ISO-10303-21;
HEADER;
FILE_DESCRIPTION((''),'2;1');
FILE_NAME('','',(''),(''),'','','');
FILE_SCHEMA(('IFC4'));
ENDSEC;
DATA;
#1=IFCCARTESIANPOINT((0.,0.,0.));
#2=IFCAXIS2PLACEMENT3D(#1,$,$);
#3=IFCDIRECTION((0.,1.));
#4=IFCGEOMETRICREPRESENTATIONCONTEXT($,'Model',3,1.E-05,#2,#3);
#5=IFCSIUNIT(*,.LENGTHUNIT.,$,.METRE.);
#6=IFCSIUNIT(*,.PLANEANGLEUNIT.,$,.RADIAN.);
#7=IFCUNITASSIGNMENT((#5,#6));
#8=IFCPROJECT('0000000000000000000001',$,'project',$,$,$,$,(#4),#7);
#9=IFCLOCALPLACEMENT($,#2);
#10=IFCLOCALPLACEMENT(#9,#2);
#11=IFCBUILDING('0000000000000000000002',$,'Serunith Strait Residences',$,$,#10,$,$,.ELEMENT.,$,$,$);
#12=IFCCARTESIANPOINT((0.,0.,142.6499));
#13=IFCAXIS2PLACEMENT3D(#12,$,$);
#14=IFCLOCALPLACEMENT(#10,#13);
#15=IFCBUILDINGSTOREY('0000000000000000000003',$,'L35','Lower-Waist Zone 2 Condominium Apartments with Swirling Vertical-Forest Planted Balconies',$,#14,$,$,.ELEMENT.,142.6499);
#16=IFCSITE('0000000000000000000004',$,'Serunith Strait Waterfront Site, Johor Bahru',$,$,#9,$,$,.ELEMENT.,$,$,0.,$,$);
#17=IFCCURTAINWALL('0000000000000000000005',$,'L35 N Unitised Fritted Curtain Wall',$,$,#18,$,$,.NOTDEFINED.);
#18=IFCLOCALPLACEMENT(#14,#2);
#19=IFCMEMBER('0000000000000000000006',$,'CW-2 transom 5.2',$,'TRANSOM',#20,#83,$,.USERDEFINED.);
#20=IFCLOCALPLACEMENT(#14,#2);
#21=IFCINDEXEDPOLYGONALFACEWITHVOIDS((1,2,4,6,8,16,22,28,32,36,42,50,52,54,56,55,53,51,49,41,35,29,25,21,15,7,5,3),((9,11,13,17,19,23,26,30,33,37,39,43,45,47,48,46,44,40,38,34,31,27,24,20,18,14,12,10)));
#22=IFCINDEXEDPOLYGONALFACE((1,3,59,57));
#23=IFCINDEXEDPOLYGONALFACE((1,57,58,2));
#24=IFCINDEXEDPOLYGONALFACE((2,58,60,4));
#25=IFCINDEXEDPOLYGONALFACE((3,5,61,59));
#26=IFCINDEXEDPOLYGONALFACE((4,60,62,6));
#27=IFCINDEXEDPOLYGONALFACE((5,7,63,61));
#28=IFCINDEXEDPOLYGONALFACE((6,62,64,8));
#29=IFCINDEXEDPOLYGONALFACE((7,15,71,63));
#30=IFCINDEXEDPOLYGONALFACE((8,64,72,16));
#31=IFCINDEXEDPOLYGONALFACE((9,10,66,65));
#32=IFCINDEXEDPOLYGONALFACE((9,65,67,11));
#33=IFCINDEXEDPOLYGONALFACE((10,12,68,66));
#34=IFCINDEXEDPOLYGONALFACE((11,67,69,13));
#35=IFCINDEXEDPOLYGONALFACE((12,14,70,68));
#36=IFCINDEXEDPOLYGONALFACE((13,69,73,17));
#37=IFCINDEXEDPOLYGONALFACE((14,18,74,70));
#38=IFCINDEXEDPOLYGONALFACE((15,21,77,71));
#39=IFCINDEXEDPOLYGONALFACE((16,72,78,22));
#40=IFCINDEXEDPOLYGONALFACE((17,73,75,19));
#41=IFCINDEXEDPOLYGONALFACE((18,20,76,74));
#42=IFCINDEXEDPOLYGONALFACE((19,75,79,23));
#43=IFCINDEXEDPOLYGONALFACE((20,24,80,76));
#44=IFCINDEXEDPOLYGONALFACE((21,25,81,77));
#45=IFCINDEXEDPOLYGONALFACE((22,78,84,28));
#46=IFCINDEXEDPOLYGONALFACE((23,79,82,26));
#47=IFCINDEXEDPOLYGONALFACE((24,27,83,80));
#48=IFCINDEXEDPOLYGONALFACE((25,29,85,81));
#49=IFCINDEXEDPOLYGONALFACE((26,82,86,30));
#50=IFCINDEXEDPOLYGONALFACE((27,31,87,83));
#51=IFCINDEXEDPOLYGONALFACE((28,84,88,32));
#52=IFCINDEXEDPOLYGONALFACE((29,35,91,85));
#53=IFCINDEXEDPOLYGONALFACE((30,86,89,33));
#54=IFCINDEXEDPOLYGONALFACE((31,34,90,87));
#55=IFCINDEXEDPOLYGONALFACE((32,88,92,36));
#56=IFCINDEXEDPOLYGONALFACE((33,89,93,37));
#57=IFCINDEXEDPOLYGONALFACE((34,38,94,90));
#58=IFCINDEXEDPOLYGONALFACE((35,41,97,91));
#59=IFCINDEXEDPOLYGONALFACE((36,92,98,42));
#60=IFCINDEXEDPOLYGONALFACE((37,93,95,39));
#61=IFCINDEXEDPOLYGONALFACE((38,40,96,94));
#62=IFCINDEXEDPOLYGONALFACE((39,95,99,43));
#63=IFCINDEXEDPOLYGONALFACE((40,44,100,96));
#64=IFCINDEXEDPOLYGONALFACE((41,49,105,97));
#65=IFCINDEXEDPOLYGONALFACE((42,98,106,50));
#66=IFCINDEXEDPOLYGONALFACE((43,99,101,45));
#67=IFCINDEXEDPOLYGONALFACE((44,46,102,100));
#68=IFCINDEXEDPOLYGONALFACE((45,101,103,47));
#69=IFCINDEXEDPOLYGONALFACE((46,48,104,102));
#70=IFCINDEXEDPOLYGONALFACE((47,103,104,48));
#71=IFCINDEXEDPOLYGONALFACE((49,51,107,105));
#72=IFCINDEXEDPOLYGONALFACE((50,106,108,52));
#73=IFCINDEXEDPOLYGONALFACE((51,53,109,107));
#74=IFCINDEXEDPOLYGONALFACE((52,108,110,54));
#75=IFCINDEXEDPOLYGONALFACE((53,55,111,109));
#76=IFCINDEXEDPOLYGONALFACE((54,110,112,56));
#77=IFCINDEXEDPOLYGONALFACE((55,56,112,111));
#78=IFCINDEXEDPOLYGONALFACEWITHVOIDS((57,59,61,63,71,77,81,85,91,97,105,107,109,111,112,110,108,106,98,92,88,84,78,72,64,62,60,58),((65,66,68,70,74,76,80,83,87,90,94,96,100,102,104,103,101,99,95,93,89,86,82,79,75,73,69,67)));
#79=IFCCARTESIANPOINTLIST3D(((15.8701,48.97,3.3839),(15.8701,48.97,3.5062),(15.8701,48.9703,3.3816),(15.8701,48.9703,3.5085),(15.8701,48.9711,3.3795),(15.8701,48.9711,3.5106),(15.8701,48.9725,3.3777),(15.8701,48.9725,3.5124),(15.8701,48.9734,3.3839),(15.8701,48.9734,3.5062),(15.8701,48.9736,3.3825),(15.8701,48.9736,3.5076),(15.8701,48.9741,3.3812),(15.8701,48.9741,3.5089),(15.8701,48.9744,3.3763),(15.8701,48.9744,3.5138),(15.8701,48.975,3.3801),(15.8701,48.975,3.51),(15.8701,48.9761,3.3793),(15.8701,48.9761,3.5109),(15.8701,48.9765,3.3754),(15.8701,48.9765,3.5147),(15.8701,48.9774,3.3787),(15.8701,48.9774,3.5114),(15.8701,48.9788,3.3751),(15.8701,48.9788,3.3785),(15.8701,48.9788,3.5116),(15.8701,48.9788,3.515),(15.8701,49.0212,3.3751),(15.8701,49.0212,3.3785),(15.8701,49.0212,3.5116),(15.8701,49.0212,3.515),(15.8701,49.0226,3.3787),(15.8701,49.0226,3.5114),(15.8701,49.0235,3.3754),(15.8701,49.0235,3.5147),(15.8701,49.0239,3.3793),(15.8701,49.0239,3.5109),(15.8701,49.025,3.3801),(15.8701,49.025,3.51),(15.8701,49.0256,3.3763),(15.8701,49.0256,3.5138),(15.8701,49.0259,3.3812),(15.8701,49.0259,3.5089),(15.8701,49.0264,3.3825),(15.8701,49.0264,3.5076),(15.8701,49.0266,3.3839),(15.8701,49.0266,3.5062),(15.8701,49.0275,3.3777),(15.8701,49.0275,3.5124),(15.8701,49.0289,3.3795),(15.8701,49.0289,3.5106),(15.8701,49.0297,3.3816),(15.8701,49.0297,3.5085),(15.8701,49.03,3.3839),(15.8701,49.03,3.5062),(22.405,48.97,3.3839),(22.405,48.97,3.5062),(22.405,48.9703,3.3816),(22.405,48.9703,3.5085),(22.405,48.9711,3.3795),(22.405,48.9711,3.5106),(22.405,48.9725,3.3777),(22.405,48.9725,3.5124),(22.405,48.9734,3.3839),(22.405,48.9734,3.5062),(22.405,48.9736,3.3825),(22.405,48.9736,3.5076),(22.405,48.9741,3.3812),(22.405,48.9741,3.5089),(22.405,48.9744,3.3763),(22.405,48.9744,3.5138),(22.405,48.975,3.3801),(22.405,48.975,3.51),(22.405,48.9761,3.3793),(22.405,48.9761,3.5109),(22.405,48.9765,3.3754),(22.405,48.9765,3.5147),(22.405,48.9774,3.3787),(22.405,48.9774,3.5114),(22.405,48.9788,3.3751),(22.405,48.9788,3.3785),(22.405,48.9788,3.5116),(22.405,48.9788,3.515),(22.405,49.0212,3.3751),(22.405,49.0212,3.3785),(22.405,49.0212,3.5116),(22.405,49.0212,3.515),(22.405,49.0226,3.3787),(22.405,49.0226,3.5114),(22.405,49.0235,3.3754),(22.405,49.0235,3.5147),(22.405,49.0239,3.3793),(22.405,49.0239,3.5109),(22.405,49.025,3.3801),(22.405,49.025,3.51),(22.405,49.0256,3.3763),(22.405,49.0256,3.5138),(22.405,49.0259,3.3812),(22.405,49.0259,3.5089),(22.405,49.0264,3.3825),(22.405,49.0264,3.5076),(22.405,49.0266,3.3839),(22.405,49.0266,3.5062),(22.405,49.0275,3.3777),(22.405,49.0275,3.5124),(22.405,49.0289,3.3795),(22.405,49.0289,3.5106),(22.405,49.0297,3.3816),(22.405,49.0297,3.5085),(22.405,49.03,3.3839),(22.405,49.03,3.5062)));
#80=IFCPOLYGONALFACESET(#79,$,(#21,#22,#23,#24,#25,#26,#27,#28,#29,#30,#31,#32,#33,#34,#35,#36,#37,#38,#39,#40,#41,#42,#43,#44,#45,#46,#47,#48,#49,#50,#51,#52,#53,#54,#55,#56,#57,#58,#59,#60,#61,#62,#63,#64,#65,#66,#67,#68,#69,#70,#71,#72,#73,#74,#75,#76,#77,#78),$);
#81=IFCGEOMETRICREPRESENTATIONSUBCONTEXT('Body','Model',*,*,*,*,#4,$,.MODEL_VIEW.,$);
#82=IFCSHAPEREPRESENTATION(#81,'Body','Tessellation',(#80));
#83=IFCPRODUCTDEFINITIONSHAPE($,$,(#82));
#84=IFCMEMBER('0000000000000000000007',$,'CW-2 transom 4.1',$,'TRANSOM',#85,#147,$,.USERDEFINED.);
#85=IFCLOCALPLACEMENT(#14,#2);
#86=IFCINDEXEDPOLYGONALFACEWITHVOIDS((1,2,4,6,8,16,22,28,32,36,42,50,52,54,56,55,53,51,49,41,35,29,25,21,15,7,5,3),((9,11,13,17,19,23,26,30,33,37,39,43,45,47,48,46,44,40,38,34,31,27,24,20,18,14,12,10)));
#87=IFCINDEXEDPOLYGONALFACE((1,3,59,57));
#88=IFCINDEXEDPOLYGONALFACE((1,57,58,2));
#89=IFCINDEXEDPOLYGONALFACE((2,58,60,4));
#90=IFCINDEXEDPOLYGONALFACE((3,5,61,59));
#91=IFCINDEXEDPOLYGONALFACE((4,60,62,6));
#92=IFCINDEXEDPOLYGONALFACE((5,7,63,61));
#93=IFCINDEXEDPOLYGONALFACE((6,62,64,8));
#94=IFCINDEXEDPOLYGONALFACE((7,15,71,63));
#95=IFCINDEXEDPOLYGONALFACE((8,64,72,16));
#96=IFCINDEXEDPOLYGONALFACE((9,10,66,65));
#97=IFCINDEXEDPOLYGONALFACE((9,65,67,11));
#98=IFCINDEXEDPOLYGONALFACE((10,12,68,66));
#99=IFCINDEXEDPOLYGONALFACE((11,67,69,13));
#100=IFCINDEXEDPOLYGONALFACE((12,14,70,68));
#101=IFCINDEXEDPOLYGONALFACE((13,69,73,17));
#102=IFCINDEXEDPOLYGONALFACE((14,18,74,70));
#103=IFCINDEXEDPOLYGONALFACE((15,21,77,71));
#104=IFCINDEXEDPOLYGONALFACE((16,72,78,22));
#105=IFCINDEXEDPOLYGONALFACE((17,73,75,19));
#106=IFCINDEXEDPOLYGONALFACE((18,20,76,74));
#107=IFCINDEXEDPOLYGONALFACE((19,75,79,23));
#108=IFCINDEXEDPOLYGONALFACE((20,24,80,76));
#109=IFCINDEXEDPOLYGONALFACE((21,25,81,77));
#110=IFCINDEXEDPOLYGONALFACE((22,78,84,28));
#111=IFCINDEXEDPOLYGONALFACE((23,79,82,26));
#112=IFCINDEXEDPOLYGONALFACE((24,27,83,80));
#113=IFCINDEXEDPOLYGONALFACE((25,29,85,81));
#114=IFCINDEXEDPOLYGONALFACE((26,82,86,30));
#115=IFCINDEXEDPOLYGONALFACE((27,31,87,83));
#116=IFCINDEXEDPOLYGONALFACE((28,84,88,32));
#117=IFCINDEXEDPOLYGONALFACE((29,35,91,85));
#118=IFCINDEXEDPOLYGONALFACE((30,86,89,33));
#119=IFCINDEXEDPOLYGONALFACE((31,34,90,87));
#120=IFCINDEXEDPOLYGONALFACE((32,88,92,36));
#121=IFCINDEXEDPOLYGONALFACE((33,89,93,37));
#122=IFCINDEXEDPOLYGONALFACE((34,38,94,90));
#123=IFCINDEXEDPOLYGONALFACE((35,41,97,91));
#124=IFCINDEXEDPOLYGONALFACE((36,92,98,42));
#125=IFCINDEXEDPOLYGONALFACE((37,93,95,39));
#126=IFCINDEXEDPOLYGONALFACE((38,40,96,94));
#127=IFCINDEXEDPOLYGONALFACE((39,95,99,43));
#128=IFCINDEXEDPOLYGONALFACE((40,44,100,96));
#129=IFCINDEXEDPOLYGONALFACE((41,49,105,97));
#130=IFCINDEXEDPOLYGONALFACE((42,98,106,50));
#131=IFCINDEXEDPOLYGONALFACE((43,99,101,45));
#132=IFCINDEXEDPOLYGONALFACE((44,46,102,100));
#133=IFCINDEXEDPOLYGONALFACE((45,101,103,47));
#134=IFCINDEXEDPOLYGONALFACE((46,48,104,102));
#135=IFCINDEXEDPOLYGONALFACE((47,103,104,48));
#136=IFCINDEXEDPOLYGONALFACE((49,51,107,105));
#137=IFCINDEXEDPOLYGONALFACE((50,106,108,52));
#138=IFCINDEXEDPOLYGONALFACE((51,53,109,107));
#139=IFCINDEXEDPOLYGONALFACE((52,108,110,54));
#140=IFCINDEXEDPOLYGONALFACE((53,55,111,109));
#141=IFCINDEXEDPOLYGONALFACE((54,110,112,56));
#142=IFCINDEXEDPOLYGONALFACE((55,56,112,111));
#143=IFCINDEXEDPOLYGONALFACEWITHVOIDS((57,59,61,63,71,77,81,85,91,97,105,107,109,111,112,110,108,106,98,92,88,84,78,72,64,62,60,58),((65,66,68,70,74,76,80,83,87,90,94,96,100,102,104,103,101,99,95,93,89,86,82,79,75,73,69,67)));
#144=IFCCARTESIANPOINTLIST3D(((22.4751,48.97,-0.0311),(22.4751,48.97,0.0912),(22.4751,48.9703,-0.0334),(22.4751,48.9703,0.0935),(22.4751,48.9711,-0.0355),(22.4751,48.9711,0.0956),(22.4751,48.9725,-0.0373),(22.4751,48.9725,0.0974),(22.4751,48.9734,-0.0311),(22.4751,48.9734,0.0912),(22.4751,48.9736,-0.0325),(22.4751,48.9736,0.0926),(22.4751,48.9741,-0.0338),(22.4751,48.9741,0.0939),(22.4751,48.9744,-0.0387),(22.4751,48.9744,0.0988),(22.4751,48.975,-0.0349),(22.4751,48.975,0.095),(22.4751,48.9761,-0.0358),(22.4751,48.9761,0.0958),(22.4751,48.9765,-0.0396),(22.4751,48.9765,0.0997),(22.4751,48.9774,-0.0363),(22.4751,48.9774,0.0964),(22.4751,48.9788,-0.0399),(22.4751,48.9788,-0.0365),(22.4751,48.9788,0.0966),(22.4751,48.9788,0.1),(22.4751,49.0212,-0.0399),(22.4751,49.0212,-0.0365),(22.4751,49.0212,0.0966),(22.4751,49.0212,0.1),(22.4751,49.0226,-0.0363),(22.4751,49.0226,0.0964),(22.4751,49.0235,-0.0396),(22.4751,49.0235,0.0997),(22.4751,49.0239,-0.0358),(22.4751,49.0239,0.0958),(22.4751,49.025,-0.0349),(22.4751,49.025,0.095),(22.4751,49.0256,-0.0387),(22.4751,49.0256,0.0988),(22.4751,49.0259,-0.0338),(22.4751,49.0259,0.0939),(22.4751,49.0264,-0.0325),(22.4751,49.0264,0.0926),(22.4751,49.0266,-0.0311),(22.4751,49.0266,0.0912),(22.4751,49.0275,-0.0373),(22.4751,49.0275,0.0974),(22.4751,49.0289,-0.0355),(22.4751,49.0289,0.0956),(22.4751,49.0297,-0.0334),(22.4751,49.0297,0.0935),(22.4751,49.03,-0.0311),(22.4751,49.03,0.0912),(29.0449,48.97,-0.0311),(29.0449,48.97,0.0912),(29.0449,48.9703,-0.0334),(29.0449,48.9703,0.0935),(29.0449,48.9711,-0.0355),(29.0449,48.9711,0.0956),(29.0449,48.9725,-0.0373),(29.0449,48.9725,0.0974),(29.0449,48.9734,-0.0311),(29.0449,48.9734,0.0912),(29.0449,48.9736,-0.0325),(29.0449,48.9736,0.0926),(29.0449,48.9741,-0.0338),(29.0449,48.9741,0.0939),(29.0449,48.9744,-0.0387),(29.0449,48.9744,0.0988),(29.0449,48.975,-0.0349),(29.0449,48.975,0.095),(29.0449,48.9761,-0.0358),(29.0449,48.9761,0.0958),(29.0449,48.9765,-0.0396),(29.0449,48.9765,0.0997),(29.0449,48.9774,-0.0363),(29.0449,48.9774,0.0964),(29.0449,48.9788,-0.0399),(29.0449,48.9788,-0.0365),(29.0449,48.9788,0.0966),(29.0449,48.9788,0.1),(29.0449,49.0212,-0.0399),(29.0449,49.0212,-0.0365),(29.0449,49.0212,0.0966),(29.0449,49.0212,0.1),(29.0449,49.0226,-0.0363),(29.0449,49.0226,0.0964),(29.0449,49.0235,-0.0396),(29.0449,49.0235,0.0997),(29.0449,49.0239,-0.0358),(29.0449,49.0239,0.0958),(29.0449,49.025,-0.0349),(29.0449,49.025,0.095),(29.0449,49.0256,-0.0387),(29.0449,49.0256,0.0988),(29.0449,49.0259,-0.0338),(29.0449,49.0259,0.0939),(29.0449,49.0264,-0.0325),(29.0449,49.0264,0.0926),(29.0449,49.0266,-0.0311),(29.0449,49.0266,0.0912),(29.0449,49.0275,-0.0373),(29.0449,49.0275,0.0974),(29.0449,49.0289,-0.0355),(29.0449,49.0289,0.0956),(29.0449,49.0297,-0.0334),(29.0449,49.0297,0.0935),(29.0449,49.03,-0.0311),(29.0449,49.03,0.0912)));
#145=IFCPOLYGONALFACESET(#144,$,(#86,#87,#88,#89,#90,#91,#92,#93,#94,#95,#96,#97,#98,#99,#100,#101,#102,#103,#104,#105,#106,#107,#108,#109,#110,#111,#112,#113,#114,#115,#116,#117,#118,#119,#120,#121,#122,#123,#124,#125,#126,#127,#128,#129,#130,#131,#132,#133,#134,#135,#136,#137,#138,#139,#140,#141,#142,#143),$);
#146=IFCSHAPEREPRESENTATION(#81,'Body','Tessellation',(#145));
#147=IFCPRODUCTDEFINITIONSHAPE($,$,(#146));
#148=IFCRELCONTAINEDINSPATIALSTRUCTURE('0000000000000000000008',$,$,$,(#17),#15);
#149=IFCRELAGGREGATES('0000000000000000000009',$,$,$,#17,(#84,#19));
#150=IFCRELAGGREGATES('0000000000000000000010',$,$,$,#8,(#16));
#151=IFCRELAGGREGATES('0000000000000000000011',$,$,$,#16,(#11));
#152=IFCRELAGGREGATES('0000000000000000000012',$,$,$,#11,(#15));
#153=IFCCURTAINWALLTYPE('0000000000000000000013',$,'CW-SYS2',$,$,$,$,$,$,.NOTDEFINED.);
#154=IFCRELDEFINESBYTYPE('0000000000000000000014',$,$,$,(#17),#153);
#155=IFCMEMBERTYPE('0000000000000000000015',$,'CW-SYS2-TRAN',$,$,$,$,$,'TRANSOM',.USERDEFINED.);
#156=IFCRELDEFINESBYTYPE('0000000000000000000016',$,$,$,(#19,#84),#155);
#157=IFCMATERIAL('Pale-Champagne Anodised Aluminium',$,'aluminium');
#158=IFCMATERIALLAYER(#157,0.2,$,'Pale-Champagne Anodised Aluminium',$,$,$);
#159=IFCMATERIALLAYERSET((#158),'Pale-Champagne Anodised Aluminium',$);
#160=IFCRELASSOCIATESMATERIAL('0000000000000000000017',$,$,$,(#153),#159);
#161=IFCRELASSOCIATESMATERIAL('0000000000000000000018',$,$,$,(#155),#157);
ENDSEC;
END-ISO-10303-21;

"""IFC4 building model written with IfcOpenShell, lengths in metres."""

from ifc_helpers import new_model, si_unit, direction, frame, origin, origin_2d, place, context, subcontext, project, spatial, hollow_rectangle, extrude, source, transform, mapped, material, layer, layer_set, material_profile, profile_set, type_object, element, aggregate, save


model = new_model("IFC4")

# Units and contexts
model_context = context("Model", 3, precision=1e-05, world=origin(), true_north=direction((0.0, 1.0)))
body_context = subcontext(model_context, "Body", "Model", "MODEL_VIEW")
ifc_project = project(units=[si_unit("LENGTHUNIT", "METRE"), si_unit("PLANEANGLEUNIT", "RADIAN")], contexts=[model_context])

# Site, building, storey
site_placement = place(None, origin())
site = spatial("IfcSite", under=ifc_project, at=site_placement, Name="Serunith Strait Waterfront Site, Johor Bahru", CompositionType="ELEMENT", RefElevation=0.0)
building_placement = place(site_placement, origin())
building = spatial("IfcBuilding", under=site, at=building_placement, Name="Serunith Strait Residences", CompositionType="ELEMENT")
storey_placement = place(building_placement, frame((0.0, 0.0, 142.6499)))
storey = spatial("IfcBuildingStorey", under=building, at=storey_placement, Name="L35", Description="Lower-Waist Zone 2 Condominium Apartments with Swirling Vertical-Forest Planted Balconies", CompositionType="ELEMENT", Elevation=142.6499)

# Curtain wall, members
ifc_material_1 = material(Name="Pale-Champagne Anodised Aluminium", Category="aluminium")
ifc_layer_1 = layer(ifc_material_1, 0.2, Name="Pale-Champagne Anodised Aluminium")
ifc_layer_set_1 = layer_set([ifc_layer_1], Name="Pale-Champagne Anodised Aluminium")
curtain_wall_type = type_object("IfcCurtainWallType", Name="CW-SYS2", PredefinedType="NOTDEFINED", material=ifc_layer_set_1)
curtain_wall_placement = place(storey_placement, origin())
curtain_wall = element("IfcCurtainWall", 1, at=curtain_wall_placement, inside=storey, type_object=curtain_wall_type, Name="L35 N Unitised Fritted Curtain Wall", PredefinedType="NOTDEFINED")
ifc_material_profile_1 = material_profile(ifc_material_1, hollow_rectangle(XDim=0.0601, YDim=0.1399, WallThickness=0.0034, InnerFilletRadius=0.0054, OuterFilletRadius=0.0088, at=origin_2d()), Name="ALU 140x60x3.5")
ifc_profile_set_1 = profile_set([ifc_material_profile_1], Name="Pale-Champagne Anodised Aluminium")
member_type_1 = type_object("IfcMemberType", Name="CW-SYS2-TRAN", ElementType="TRANSOM", PredefinedType="USERDEFINED", material=ifc_profile_set_1)
shared_shape_1 = source(origin(), body_context, "Body", "SweptSolid", [
    extrude(hollow_rectangle(XDim=0.0601, YDim=0.1399, WallThickness=0.0034, InnerFilletRadius=0.0054, OuterFilletRadius=0.0088, at=origin_2d()), origin(), (0.0, 0.0, 1.0), 6.5349),
])
member_1_placement = place(storey_placement, frame((22.405, 49.0, 3.4451), z_axis=(-1.0, 0.0, 0.0), x_axis=(0.0, -1.0, 0.0)))
member_1 = element("IfcMember", 2, at=member_1_placement, type_object=member_type_1, Name="CW-2 transom 5.2", ObjectType="TRANSOM", PredefinedType="USERDEFINED", context=body_context, shape_type="MappedRepresentation", body=[
    mapped(shared_shape_1, transform((0.0, 0.0, 0.0), scale=1.0)),
])
shared_shape_2 = source(origin(), body_context, "Body", "SweptSolid", [
    extrude(hollow_rectangle(XDim=0.0601, YDim=0.1399, WallThickness=0.0034, InnerFilletRadius=0.0054, OuterFilletRadius=0.0088, at=origin_2d()), origin(), (0.0, 0.0, 1.0), 6.5698),
])
member_2_placement = place(storey_placement, frame((29.0449, 49.0, 0.03), z_axis=(-1.0, 0.0, 0.0), x_axis=(0.0, -1.0, 0.0)))
member_2 = element("IfcMember", 3, at=member_2_placement, type_object=member_type_1, Name="CW-2 transom 4.1", ObjectType="TRANSOM", PredefinedType="USERDEFINED", context=body_context, shape_type="MappedRepresentation", body=[
    mapped(shared_shape_2, transform((0.0, 0.0, 0.0), scale=1.0)),
])
aggregate(curtain_wall, [member_2, member_1])

save(model, "model.ifc")
